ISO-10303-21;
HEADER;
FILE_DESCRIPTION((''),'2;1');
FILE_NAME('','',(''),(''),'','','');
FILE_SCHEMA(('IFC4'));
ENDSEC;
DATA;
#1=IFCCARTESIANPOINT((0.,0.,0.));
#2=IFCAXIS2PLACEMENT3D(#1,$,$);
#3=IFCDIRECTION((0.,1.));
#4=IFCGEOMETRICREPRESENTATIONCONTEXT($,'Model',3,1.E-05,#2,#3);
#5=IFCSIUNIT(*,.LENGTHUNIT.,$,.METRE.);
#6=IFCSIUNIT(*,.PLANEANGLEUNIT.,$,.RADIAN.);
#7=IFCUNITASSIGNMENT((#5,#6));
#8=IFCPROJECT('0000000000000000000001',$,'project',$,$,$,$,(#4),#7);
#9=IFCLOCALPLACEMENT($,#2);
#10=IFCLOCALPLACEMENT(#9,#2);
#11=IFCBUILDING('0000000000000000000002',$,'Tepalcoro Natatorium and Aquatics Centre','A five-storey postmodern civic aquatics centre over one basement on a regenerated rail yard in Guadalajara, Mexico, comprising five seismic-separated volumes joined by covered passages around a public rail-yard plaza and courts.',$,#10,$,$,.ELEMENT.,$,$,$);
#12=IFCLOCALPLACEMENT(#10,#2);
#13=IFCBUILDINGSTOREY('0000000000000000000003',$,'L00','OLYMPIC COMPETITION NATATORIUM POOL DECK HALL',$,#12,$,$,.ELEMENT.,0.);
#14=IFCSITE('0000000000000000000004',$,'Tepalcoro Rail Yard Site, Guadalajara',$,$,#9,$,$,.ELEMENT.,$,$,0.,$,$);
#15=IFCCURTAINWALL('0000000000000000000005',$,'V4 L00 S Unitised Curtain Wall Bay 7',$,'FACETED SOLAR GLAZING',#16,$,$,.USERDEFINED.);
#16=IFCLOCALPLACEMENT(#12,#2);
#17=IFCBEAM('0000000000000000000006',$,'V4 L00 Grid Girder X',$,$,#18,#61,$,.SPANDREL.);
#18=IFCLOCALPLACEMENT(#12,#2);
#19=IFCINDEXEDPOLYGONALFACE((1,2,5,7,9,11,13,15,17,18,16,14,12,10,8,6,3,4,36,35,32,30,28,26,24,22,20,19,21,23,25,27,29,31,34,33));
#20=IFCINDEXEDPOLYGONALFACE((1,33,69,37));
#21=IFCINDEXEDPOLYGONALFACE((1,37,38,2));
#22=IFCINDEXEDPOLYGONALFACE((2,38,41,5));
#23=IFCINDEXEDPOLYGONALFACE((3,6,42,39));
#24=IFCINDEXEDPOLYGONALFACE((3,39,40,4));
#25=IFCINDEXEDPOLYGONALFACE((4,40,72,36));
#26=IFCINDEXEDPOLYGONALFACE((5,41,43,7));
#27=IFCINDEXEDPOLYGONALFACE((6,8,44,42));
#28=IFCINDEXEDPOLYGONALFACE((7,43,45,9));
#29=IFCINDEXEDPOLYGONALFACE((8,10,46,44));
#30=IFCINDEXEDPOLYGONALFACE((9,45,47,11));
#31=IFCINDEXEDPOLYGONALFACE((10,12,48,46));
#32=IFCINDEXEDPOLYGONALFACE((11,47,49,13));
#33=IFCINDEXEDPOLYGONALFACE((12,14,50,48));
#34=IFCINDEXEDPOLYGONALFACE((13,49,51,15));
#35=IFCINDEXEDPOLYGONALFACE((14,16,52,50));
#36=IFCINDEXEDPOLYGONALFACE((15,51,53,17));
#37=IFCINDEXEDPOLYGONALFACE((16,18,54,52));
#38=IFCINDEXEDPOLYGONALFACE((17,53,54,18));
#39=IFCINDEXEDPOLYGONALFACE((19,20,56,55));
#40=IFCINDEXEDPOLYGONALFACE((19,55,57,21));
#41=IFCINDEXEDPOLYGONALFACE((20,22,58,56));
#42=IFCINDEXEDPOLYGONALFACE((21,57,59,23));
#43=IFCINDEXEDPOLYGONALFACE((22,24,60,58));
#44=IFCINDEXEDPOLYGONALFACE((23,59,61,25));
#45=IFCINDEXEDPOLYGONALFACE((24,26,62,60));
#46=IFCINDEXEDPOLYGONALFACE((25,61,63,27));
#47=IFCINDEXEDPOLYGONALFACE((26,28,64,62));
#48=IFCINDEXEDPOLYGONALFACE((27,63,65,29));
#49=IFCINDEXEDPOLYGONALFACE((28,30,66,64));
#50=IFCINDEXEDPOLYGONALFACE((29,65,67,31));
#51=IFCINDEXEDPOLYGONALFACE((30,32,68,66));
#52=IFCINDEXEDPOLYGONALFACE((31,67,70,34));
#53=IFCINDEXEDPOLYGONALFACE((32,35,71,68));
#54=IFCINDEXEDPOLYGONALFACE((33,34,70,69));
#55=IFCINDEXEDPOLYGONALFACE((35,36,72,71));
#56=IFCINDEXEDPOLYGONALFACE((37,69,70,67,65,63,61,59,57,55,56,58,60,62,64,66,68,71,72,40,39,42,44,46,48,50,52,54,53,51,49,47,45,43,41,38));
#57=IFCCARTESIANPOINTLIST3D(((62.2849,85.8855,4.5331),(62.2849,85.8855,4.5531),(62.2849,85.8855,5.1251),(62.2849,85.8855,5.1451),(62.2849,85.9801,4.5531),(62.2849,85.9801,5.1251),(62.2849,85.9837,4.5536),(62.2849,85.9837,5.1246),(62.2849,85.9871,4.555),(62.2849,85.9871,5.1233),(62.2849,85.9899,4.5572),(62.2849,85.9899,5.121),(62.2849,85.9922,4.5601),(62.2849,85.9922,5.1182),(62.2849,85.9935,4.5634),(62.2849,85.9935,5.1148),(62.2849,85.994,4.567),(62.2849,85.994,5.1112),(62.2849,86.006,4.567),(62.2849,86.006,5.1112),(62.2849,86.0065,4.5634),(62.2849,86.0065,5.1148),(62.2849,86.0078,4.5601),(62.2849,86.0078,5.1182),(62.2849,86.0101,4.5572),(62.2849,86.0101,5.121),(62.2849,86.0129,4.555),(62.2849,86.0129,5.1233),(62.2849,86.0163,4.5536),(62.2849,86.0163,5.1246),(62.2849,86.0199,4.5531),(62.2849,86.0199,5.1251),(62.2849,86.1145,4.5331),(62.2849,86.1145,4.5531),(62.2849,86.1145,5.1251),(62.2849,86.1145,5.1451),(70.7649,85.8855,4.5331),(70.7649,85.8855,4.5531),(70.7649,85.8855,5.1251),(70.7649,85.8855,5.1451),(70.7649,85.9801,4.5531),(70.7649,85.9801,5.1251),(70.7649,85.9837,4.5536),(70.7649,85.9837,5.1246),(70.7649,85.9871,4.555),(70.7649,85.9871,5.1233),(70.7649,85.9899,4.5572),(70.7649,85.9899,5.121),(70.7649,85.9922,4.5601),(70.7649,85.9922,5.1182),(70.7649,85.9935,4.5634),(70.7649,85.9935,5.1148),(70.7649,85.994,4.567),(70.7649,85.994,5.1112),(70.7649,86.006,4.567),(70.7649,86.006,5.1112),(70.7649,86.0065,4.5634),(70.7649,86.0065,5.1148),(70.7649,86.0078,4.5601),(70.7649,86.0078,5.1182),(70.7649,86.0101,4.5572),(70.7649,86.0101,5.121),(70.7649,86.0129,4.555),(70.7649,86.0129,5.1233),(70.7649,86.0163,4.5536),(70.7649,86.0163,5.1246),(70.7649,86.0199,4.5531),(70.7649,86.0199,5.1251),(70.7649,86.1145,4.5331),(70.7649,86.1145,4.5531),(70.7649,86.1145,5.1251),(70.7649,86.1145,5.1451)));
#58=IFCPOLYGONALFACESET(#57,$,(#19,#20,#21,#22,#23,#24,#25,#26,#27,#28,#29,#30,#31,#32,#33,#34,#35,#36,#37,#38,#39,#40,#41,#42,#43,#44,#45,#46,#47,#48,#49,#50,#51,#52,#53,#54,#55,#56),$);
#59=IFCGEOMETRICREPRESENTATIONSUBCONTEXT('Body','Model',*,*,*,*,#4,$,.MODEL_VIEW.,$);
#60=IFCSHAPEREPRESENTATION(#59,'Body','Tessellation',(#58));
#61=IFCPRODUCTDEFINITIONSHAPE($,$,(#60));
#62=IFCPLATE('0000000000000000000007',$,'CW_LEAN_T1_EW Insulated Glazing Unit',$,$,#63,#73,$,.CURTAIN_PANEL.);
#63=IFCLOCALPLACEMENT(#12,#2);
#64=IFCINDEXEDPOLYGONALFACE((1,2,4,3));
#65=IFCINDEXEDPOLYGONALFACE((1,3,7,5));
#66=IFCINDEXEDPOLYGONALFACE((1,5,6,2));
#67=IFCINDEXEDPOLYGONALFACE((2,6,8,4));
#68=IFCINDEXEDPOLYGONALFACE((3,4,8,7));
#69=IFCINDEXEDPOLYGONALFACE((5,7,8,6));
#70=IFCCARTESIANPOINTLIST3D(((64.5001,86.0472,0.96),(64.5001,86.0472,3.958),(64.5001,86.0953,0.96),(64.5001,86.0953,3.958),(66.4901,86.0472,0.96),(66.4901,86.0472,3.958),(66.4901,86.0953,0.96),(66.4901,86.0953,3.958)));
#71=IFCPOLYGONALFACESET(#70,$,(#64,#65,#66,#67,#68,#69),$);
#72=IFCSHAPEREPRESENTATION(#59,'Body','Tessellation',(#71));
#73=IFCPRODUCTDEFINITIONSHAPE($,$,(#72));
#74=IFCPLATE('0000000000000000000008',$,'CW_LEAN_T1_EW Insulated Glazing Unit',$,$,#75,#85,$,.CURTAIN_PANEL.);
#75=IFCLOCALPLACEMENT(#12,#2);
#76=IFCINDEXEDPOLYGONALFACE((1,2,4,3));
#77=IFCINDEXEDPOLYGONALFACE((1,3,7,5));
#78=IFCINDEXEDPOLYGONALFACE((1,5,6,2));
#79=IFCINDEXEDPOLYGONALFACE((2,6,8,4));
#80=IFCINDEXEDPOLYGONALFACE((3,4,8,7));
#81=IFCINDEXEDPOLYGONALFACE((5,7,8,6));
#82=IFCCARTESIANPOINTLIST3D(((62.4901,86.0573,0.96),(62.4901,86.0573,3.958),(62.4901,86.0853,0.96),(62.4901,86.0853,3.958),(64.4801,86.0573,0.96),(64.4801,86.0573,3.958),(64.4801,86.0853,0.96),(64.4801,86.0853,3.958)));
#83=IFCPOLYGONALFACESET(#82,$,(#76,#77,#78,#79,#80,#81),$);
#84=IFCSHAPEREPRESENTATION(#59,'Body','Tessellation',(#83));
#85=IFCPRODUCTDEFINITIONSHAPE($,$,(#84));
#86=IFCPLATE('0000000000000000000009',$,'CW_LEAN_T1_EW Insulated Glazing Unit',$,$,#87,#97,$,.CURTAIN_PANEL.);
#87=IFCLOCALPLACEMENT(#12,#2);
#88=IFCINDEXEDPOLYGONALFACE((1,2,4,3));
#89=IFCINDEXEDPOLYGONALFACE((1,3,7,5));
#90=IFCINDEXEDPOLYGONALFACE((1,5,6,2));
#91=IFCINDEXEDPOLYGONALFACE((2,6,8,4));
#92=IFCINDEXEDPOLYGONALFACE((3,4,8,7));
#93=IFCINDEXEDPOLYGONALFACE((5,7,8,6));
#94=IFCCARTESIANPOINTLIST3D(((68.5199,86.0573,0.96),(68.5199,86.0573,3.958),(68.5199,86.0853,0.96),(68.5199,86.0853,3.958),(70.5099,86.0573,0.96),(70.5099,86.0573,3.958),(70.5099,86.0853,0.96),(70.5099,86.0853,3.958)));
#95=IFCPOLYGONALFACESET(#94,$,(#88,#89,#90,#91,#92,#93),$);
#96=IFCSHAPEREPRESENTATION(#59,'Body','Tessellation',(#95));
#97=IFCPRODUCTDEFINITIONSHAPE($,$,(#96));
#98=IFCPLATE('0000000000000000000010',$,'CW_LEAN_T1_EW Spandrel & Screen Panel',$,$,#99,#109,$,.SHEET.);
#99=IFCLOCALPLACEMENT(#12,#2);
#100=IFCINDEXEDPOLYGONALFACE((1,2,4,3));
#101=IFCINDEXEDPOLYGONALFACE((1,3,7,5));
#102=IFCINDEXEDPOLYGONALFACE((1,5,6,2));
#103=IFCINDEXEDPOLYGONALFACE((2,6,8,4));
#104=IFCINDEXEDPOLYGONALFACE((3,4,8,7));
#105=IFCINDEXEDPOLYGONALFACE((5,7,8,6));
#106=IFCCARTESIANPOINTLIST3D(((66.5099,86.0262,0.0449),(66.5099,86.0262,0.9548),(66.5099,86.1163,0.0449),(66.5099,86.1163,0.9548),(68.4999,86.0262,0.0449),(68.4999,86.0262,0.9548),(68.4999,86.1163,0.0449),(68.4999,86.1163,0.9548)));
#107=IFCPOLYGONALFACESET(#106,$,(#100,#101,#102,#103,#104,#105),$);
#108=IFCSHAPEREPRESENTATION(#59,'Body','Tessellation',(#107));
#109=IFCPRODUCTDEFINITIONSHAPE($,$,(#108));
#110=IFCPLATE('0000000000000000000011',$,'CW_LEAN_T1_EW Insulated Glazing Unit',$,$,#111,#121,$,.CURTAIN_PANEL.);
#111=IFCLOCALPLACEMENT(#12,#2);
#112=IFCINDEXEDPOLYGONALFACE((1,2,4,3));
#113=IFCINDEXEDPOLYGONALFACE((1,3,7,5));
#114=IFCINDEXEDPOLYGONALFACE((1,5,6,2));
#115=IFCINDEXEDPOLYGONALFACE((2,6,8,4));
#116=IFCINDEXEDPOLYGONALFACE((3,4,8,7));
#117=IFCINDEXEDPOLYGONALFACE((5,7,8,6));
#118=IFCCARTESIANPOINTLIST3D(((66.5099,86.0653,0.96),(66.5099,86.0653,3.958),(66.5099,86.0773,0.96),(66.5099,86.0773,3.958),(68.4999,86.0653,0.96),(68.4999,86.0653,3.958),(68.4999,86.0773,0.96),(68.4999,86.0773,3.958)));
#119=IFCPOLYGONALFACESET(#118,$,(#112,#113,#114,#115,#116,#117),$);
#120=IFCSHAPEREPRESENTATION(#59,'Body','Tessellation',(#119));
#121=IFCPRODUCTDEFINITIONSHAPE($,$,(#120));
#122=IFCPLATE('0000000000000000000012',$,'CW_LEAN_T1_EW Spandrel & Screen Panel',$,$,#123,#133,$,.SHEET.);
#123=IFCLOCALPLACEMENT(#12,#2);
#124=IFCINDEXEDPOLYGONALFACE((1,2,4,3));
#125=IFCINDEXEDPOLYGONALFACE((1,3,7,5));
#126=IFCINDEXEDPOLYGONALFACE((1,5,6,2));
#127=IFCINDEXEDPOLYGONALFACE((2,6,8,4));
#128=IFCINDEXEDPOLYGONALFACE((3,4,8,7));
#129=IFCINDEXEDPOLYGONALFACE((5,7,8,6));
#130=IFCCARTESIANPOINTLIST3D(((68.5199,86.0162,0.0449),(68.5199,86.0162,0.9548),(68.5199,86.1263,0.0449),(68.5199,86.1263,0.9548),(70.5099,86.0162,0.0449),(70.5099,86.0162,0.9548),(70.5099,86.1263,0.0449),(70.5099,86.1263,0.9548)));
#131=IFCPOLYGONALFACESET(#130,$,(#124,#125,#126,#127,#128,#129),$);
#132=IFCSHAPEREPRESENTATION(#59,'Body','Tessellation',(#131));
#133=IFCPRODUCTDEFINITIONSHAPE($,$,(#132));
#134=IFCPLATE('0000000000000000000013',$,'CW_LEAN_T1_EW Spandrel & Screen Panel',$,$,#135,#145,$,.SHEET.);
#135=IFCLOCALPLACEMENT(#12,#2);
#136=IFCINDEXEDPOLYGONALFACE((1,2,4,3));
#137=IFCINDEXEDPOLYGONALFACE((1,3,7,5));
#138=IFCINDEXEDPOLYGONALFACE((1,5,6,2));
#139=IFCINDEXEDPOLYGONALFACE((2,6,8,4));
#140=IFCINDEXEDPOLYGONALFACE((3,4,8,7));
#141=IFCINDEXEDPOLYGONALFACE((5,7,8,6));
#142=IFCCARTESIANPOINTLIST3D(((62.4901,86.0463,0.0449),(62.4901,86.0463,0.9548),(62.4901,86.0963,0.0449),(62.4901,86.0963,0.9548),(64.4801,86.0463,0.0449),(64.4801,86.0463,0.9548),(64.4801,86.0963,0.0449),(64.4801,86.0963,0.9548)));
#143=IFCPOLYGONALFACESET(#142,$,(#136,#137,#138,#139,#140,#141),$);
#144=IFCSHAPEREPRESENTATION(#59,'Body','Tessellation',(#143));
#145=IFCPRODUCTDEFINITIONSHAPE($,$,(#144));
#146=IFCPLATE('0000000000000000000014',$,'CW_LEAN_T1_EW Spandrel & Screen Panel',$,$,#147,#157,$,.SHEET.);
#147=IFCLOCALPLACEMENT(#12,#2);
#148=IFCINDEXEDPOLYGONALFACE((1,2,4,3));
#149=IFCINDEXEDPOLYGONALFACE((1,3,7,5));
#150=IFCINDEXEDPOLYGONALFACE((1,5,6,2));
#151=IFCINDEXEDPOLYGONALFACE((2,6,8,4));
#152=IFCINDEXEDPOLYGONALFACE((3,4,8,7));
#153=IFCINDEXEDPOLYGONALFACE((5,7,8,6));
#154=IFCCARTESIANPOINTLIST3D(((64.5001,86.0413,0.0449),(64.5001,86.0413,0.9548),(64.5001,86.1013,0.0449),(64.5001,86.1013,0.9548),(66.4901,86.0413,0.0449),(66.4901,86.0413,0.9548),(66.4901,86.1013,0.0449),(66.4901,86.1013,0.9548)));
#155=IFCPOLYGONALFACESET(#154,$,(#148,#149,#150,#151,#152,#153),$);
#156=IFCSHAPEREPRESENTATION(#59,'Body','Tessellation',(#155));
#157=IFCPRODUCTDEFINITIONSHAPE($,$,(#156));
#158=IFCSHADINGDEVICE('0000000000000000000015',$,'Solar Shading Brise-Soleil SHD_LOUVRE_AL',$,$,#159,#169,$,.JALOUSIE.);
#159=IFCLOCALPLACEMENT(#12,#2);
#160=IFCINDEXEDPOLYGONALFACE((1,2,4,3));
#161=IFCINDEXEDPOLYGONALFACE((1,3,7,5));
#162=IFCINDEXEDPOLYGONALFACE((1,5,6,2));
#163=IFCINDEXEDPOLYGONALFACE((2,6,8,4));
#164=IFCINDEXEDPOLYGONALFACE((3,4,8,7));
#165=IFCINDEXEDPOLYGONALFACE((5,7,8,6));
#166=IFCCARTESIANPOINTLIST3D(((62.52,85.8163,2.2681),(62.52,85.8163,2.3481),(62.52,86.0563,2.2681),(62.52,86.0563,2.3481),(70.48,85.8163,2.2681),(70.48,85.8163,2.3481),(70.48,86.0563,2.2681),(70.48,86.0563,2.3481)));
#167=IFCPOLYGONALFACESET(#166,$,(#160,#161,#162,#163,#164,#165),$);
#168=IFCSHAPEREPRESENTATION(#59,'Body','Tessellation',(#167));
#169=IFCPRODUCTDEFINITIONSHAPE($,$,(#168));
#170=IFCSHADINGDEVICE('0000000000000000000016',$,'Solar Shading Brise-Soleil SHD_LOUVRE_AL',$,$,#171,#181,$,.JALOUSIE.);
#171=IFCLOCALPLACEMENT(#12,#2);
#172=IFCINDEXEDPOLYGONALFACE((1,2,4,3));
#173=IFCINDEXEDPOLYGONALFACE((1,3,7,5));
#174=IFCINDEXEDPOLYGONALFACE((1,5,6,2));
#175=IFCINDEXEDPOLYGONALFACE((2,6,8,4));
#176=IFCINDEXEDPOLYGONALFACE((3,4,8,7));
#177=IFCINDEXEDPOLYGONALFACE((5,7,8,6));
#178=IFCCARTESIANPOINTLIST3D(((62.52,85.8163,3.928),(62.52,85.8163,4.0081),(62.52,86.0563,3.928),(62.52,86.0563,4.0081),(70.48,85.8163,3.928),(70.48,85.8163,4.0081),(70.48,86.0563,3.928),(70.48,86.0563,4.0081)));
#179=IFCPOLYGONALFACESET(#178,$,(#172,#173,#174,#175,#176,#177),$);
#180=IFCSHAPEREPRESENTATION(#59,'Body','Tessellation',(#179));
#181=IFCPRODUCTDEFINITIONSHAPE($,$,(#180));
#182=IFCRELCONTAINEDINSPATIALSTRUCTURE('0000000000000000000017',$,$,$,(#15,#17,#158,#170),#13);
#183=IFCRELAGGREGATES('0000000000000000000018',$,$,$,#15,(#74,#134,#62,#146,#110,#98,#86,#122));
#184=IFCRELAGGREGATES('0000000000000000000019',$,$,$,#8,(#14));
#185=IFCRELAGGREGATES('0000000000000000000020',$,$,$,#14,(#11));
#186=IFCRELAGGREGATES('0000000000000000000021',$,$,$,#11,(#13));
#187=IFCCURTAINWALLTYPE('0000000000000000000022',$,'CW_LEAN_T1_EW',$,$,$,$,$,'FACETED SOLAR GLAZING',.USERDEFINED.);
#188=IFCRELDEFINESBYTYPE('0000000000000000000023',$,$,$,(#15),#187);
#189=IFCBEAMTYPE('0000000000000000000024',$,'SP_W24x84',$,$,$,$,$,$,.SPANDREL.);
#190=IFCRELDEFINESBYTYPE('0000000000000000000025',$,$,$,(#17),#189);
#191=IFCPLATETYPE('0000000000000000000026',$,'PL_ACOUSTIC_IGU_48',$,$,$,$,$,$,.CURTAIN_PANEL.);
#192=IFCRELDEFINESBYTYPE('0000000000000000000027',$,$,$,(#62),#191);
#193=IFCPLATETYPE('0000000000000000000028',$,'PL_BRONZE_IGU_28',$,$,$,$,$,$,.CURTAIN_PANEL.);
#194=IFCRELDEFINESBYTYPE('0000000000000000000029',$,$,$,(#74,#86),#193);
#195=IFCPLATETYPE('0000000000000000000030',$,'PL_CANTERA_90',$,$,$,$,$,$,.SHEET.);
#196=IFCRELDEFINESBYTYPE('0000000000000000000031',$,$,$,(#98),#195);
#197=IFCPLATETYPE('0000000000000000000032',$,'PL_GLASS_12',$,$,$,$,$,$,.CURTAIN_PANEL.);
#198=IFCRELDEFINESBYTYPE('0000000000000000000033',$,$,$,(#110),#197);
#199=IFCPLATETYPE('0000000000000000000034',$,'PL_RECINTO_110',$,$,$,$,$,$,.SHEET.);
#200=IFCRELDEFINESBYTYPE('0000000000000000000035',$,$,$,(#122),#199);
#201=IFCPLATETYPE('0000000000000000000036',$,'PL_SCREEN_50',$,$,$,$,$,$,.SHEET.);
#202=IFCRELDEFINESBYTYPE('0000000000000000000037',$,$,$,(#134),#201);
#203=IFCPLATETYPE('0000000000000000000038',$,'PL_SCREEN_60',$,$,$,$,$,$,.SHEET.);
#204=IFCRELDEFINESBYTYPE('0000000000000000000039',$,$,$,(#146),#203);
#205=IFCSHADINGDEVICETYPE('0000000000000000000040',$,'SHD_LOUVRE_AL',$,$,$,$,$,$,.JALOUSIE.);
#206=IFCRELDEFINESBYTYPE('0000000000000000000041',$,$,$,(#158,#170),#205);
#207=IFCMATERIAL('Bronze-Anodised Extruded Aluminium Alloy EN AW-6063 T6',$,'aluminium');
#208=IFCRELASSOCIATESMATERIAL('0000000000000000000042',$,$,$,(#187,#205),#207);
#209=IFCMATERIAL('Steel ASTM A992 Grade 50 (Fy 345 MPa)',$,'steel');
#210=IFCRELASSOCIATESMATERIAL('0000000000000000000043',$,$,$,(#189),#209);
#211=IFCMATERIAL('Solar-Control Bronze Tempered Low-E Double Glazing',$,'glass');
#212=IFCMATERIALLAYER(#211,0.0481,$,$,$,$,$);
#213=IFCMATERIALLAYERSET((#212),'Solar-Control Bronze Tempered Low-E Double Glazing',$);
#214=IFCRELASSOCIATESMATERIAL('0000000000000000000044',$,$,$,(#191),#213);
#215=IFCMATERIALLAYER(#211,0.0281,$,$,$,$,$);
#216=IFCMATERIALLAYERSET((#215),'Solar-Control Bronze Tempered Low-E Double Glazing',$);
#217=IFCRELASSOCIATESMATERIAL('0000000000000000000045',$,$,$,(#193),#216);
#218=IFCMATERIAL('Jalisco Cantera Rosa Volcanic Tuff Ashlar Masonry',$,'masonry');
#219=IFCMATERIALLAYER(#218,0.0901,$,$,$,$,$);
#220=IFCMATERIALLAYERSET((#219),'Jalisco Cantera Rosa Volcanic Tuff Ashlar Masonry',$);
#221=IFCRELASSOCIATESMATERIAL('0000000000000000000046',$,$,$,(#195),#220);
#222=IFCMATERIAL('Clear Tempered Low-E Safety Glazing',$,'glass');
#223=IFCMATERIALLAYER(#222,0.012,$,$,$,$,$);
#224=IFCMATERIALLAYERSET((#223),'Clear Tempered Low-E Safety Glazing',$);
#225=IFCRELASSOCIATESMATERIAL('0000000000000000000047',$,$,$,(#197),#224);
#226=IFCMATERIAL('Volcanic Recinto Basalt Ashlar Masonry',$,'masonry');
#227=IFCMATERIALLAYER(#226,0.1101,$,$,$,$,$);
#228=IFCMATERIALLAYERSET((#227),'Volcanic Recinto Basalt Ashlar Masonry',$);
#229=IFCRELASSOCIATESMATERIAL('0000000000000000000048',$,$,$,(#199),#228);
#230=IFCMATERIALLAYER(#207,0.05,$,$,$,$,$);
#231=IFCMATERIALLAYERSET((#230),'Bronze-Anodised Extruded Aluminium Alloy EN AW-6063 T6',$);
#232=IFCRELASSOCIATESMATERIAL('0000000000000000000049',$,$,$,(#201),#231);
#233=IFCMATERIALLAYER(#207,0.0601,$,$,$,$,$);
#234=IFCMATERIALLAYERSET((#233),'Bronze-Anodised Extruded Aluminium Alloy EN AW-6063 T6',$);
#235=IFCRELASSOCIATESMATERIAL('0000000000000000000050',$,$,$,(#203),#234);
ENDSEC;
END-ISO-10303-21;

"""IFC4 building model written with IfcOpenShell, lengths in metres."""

from ifc_helpers import new_model, si_unit, direction, frame, origin, origin_2d, place, context, subcontext, project, spatial, rectangle, i_section, extrude, material, layer, layer_set, material_profile, profile_set, type_object, element, aggregate, save


model = new_model("IFC4")

# Units and contexts
model_context = context("Model", 3, precision=1e-05, world=origin(), true_north=direction((0.0, 1.0)))
body_context = subcontext(model_context, "Body", "Model", "MODEL_VIEW")
ifc_project = project(units=[si_unit("LENGTHUNIT", "METRE"), si_unit("PLANEANGLEUNIT", "RADIAN")], contexts=[model_context])

# Site, building, storey
site_placement = place(None, origin())
site = spatial("IfcSite", under=ifc_project, at=site_placement, Name="Tepalcoro Rail Yard Site, Guadalajara", CompositionType="ELEMENT", RefElevation=0.0)
building_placement = place(site_placement, origin())
building = spatial("IfcBuilding", under=site, at=building_placement, Name="Tepalcoro Natatorium and Aquatics Centre", Description="A five-storey postmodern civic aquatics centre over one basement on a regenerated rail yard in Guadalajara, Mexico, comprising five seismic-separated volumes joined by covered passages around a public rail-yard plaza and courts.", CompositionType="ELEMENT")
storey_placement = place(building_placement, origin())
storey = spatial("IfcBuildingStorey", under=building, at=storey_placement, Name="L00", Description="OLYMPIC COMPETITION NATATORIUM POOL DECK HALL", CompositionType="ELEMENT", Elevation=0.0)

# Curtain wall
ifc_material_1 = material(Name="Bronze-Anodised Extruded Aluminium Alloy EN AW-6063 T6", Category="aluminium")
curtain_wall_type_1 = type_object("IfcCurtainWallType", Name="CW_LEAN_T1_EW", ElementType="FACETED SOLAR GLAZING", PredefinedType="USERDEFINED", material=ifc_material_1)
curtain_wall_1_placement = place(storey_placement, origin())
curtain_wall_1 = element("IfcCurtainWall", 1, at=curtain_wall_1_placement, inside=storey, type_object=curtain_wall_type_1, Name="V4 L00 S Unitised Curtain Wall Bay 7", ObjectType="FACETED SOLAR GLAZING", PredefinedType="USERDEFINED")

# Beam
ifc_material_2 = material(Name="Steel ASTM A992 Grade 50 (Fy 345 MPa)", Category="steel")
ifc_material_profile_1 = material_profile(ifc_material_2, i_section(OverallWidth=0.229, OverallDepth=0.6121, WebThickness=0.012, FlangeThickness=0.02, FilletRadius=0.0139, at=origin_2d()), Name="W24X84")
ifc_profile_set_1 = profile_set([ifc_material_profile_1], Name="Steel ASTM A992 Grade 50 (Fy 345 MPa)")
beam_type_1 = type_object("IfcBeamType", Name="SP_W24x84", PredefinedType="SPANDREL", material=ifc_profile_set_1)
beam_1_placement = place(storey_placement, frame((62.2849, 86.0, 4.8391), z_axis=(1.0, 0.0, 0.0), x_axis=(0.0, 1.0, 0.0)))
element("IfcBeam", 2, at=beam_1_placement, inside=storey, type_object=beam_type_1, Name="V4 L00 Grid Girder X", PredefinedType="SPANDREL", context=body_context, shape_type="SweptSolid", body=[
    extrude(i_section(OverallWidth=0.229, OverallDepth=0.6121, WebThickness=0.012, FlangeThickness=0.02, FilletRadius=0.0139, at=origin_2d()), origin(), (0.0, 0.0, 1.0), 8.48),
])

# Plates
ifc_material_3 = material(Name="Solar-Control Bronze Tempered Low-E Double Glazing", Category="glass")
ifc_layer_1 = layer(ifc_material_3, 0.0481)
ifc_layer_set_1 = layer_set([ifc_layer_1], Name="Solar-Control Bronze Tempered Low-E Double Glazing")
plate_type_1 = type_object("IfcPlateType", Name="PL_ACOUSTIC_IGU_48", PredefinedType="CURTAIN_PANEL", material=ifc_layer_set_1)
plate_1_placement = place(storey_placement, frame((65.4951, 86.0713, 0.96), z_axis=(0.0, 0.0, 1.0), x_axis=(1.0, 0.0, 0.0)))
plate_1 = element("IfcPlate", 3, at=plate_1_placement, type_object=plate_type_1, Name="CW_LEAN_T1_EW Insulated Glazing Unit", PredefinedType="CURTAIN_PANEL", context=body_context, shape_type="SweptSolid", body=[
    extrude(rectangle(XDim=1.99, YDim=0.0481, at=origin_2d()), origin(), (0.0, 0.0, 1.0), 2.998),
])
ifc_layer_2 = layer(ifc_material_3, 0.0281)
ifc_layer_set_2 = layer_set([ifc_layer_2], Name="Solar-Control Bronze Tempered Low-E Double Glazing")
plate_type_2 = type_object("IfcPlateType", Name="PL_BRONZE_IGU_28", PredefinedType="CURTAIN_PANEL", material=ifc_layer_set_2)
plate_2_placement = place(storey_placement, frame((63.4851, 86.0713, 0.96), z_axis=(0.0, 0.0, 1.0), x_axis=(1.0, 0.0, 0.0)))
plate_2 = element("IfcPlate", 4, at=plate_2_placement, type_object=plate_type_2, Name="CW_LEAN_T1_EW Insulated Glazing Unit", PredefinedType="CURTAIN_PANEL", context=body_context, shape_type="SweptSolid", body=[
    extrude(rectangle(XDim=1.99, YDim=0.0281, at=origin_2d()), origin(), (0.0, 0.0, 1.0), 2.998),
])
plate_3_placement = place(storey_placement, frame((69.5149, 86.0713, 0.96), z_axis=(0.0, 0.0, 1.0), x_axis=(1.0, 0.0, 0.0)))
plate_3 = element("IfcPlate", 5, at=plate_3_placement, type_object=plate_type_2, Name="CW_LEAN_T1_EW Insulated Glazing Unit", PredefinedType="CURTAIN_PANEL", context=body_context, shape_type="SweptSolid", body=[
    extrude(rectangle(XDim=1.99, YDim=0.0281, at=origin_2d()), origin(), (0.0, 0.0, 1.0), 2.998),
])
ifc_material_4 = material(Name="Jalisco Cantera Rosa Volcanic Tuff Ashlar Masonry", Category="masonry")
ifc_layer_3 = layer(ifc_material_4, 0.0901)
ifc_layer_set_3 = layer_set([ifc_layer_3], Name="Jalisco Cantera Rosa Volcanic Tuff Ashlar Masonry")
plate_type_3 = type_object("IfcPlateType", Name="PL_CANTERA_90", PredefinedType="SHEET", material=ifc_layer_set_3)
plate_4_placement = place(storey_placement, frame((67.5049, 86.0713, 0.0449), z_axis=(0.0, 0.0, 1.0), x_axis=(1.0, 0.0, 0.0)))
plate_4 = element("IfcPlate", 6, at=plate_4_placement, type_object=plate_type_3, Name="CW_LEAN_T1_EW Spandrel & Screen Panel", PredefinedType="SHEET", context=body_context, shape_type="SweptSolid", body=[
    extrude(rectangle(XDim=1.99, YDim=0.0901, at=origin_2d()), origin(), (0.0, 0.0, 1.0), 0.9099),
])
ifc_material_5 = material(Name="Clear Tempered Low-E Safety Glazing", Category="glass")
ifc_layer_4 = layer(ifc_material_5, 0.012)
ifc_layer_set_4 = layer_set([ifc_layer_4], Name="Clear Tempered Low-E Safety Glazing")
plate_type_4 = type_object("IfcPlateType", Name="PL_GLASS_12", PredefinedType="CURTAIN_PANEL", material=ifc_layer_set_4)
plate_5_placement = place(storey_placement, frame((67.5049, 86.0713, 0.96), z_axis=(0.0, 0.0, 1.0), x_axis=(1.0, 0.0, 0.0)))
plate_5 = element("IfcPlate", 7, at=plate_5_placement, type_object=plate_type_4, Name="CW_LEAN_T1_EW Insulated Glazing Unit", PredefinedType="CURTAIN_PANEL", context=body_context, shape_type="SweptSolid", body=[
    extrude(rectangle(XDim=1.99, YDim=0.012, at=origin_2d()), origin(), (0.0, 0.0, 1.0), 2.998),
])
ifc_material_6 = material(Name="Volcanic Recinto Basalt Ashlar Masonry", Category="masonry")
ifc_layer_5 = layer(ifc_material_6, 0.1101)
ifc_layer_set_5 = layer_set([ifc_layer_5], Name="Volcanic Recinto Basalt Ashlar Masonry")
plate_type_5 = type_object("IfcPlateType", Name="PL_RECINTO_110", PredefinedType="SHEET", material=ifc_layer_set_5)
plate_6_placement = place(storey_placement, frame((69.5149, 86.0713, 0.0449), z_axis=(0.0, 0.0, 1.0), x_axis=(1.0, 0.0, 0.0)))
plate_6 = element("IfcPlate", 8, at=plate_6_placement, type_object=plate_type_5, Name="CW_LEAN_T1_EW Spandrel & Screen Panel", PredefinedType="SHEET", context=body_context, shape_type="SweptSolid", body=[
    extrude(rectangle(XDim=1.99, YDim=0.1101, at=origin_2d()), origin(), (0.0, 0.0, 1.0), 0.9099),
])
ifc_layer_6 = layer(ifc_material_1, 0.05)
ifc_layer_set_6 = layer_set([ifc_layer_6], Name="Bronze-Anodised Extruded Aluminium Alloy EN AW-6063 T6")
plate_type_6 = type_object("IfcPlateType", Name="PL_SCREEN_50", PredefinedType="SHEET", material=ifc_layer_set_6)
plate_7_placement = place(storey_placement, frame((63.4851, 86.0713, 0.0449), z_axis=(0.0, 0.0, 1.0), x_axis=(1.0, 0.0, 0.0)))
plate_7 = element("IfcPlate", 9, at=plate_7_placement, type_object=plate_type_6, Name="CW_LEAN_T1_EW Spandrel & Screen Panel", PredefinedType="SHEET", context=body_context, shape_type="SweptSolid", body=[
    extrude(rectangle(XDim=1.99, YDim=0.05, at=origin_2d()), origin(), (0.0, 0.0, 1.0), 0.9099),
])
ifc_layer_7 = layer(ifc_material_1, 0.0601)
ifc_layer_set_7 = layer_set([ifc_layer_7], Name="Bronze-Anodised Extruded Aluminium Alloy EN AW-6063 T6")
plate_type_7 = type_object("IfcPlateType", Name="PL_SCREEN_60", PredefinedType="SHEET", material=ifc_layer_set_7)
plate_8_placement = place(storey_placement, frame((65.4951, 86.0713, 0.0449), z_axis=(0.0, 0.0, 1.0), x_axis=(1.0, 0.0, 0.0)))
plate_8 = element("IfcPlate", 10, at=plate_8_placement, type_object=plate_type_7, Name="CW_LEAN_T1_EW Spandrel & Screen Panel", PredefinedType="SHEET", context=body_context, shape_type="SweptSolid", body=[
    extrude(rectangle(XDim=1.99, YDim=0.0601, at=origin_2d()), origin(), (0.0, 0.0, 1.0), 0.9099),
])
aggregate(curtain_wall_1, [plate_2, plate_7, plate_1, plate_8, plate_5, plate_4, plate_3, plate_6])

# Shading devices
shading_device_type = type_object("IfcShadingDeviceType", Name="SHD_LOUVRE_AL", PredefinedType="JALOUSIE", material=ifc_material_1)
for number, where, z_axis, x_axis, name in (
    (11, (66.5, 85.9363, 2.2681), (0.0, 0.0, 1.0), (1.0, 0.0, 0.0), "Solar Shading Brise-Soleil SHD_LOUVRE_AL"),
    (12, (66.5, 85.9363, 3.928), (0.0, 0.0, 1.0), (1.0, 0.0, 0.0), "Solar Shading Brise-Soleil SHD_LOUVRE_AL"),
):
    element("IfcShadingDevice", number, at=place(storey_placement, frame(where, z_axis=z_axis, x_axis=x_axis)), inside=storey, type_object=shading_device_type, Name=name, PredefinedType="JALOUSIE", context=body_context, shape_type="SweptSolid", body=[
        extrude(rectangle(XDim=7.96, YDim=0.24, at=origin_2d()), origin(), (0.0, 0.0, 1.0), 0.0801),
    ])

save(model, "model.ifc")
